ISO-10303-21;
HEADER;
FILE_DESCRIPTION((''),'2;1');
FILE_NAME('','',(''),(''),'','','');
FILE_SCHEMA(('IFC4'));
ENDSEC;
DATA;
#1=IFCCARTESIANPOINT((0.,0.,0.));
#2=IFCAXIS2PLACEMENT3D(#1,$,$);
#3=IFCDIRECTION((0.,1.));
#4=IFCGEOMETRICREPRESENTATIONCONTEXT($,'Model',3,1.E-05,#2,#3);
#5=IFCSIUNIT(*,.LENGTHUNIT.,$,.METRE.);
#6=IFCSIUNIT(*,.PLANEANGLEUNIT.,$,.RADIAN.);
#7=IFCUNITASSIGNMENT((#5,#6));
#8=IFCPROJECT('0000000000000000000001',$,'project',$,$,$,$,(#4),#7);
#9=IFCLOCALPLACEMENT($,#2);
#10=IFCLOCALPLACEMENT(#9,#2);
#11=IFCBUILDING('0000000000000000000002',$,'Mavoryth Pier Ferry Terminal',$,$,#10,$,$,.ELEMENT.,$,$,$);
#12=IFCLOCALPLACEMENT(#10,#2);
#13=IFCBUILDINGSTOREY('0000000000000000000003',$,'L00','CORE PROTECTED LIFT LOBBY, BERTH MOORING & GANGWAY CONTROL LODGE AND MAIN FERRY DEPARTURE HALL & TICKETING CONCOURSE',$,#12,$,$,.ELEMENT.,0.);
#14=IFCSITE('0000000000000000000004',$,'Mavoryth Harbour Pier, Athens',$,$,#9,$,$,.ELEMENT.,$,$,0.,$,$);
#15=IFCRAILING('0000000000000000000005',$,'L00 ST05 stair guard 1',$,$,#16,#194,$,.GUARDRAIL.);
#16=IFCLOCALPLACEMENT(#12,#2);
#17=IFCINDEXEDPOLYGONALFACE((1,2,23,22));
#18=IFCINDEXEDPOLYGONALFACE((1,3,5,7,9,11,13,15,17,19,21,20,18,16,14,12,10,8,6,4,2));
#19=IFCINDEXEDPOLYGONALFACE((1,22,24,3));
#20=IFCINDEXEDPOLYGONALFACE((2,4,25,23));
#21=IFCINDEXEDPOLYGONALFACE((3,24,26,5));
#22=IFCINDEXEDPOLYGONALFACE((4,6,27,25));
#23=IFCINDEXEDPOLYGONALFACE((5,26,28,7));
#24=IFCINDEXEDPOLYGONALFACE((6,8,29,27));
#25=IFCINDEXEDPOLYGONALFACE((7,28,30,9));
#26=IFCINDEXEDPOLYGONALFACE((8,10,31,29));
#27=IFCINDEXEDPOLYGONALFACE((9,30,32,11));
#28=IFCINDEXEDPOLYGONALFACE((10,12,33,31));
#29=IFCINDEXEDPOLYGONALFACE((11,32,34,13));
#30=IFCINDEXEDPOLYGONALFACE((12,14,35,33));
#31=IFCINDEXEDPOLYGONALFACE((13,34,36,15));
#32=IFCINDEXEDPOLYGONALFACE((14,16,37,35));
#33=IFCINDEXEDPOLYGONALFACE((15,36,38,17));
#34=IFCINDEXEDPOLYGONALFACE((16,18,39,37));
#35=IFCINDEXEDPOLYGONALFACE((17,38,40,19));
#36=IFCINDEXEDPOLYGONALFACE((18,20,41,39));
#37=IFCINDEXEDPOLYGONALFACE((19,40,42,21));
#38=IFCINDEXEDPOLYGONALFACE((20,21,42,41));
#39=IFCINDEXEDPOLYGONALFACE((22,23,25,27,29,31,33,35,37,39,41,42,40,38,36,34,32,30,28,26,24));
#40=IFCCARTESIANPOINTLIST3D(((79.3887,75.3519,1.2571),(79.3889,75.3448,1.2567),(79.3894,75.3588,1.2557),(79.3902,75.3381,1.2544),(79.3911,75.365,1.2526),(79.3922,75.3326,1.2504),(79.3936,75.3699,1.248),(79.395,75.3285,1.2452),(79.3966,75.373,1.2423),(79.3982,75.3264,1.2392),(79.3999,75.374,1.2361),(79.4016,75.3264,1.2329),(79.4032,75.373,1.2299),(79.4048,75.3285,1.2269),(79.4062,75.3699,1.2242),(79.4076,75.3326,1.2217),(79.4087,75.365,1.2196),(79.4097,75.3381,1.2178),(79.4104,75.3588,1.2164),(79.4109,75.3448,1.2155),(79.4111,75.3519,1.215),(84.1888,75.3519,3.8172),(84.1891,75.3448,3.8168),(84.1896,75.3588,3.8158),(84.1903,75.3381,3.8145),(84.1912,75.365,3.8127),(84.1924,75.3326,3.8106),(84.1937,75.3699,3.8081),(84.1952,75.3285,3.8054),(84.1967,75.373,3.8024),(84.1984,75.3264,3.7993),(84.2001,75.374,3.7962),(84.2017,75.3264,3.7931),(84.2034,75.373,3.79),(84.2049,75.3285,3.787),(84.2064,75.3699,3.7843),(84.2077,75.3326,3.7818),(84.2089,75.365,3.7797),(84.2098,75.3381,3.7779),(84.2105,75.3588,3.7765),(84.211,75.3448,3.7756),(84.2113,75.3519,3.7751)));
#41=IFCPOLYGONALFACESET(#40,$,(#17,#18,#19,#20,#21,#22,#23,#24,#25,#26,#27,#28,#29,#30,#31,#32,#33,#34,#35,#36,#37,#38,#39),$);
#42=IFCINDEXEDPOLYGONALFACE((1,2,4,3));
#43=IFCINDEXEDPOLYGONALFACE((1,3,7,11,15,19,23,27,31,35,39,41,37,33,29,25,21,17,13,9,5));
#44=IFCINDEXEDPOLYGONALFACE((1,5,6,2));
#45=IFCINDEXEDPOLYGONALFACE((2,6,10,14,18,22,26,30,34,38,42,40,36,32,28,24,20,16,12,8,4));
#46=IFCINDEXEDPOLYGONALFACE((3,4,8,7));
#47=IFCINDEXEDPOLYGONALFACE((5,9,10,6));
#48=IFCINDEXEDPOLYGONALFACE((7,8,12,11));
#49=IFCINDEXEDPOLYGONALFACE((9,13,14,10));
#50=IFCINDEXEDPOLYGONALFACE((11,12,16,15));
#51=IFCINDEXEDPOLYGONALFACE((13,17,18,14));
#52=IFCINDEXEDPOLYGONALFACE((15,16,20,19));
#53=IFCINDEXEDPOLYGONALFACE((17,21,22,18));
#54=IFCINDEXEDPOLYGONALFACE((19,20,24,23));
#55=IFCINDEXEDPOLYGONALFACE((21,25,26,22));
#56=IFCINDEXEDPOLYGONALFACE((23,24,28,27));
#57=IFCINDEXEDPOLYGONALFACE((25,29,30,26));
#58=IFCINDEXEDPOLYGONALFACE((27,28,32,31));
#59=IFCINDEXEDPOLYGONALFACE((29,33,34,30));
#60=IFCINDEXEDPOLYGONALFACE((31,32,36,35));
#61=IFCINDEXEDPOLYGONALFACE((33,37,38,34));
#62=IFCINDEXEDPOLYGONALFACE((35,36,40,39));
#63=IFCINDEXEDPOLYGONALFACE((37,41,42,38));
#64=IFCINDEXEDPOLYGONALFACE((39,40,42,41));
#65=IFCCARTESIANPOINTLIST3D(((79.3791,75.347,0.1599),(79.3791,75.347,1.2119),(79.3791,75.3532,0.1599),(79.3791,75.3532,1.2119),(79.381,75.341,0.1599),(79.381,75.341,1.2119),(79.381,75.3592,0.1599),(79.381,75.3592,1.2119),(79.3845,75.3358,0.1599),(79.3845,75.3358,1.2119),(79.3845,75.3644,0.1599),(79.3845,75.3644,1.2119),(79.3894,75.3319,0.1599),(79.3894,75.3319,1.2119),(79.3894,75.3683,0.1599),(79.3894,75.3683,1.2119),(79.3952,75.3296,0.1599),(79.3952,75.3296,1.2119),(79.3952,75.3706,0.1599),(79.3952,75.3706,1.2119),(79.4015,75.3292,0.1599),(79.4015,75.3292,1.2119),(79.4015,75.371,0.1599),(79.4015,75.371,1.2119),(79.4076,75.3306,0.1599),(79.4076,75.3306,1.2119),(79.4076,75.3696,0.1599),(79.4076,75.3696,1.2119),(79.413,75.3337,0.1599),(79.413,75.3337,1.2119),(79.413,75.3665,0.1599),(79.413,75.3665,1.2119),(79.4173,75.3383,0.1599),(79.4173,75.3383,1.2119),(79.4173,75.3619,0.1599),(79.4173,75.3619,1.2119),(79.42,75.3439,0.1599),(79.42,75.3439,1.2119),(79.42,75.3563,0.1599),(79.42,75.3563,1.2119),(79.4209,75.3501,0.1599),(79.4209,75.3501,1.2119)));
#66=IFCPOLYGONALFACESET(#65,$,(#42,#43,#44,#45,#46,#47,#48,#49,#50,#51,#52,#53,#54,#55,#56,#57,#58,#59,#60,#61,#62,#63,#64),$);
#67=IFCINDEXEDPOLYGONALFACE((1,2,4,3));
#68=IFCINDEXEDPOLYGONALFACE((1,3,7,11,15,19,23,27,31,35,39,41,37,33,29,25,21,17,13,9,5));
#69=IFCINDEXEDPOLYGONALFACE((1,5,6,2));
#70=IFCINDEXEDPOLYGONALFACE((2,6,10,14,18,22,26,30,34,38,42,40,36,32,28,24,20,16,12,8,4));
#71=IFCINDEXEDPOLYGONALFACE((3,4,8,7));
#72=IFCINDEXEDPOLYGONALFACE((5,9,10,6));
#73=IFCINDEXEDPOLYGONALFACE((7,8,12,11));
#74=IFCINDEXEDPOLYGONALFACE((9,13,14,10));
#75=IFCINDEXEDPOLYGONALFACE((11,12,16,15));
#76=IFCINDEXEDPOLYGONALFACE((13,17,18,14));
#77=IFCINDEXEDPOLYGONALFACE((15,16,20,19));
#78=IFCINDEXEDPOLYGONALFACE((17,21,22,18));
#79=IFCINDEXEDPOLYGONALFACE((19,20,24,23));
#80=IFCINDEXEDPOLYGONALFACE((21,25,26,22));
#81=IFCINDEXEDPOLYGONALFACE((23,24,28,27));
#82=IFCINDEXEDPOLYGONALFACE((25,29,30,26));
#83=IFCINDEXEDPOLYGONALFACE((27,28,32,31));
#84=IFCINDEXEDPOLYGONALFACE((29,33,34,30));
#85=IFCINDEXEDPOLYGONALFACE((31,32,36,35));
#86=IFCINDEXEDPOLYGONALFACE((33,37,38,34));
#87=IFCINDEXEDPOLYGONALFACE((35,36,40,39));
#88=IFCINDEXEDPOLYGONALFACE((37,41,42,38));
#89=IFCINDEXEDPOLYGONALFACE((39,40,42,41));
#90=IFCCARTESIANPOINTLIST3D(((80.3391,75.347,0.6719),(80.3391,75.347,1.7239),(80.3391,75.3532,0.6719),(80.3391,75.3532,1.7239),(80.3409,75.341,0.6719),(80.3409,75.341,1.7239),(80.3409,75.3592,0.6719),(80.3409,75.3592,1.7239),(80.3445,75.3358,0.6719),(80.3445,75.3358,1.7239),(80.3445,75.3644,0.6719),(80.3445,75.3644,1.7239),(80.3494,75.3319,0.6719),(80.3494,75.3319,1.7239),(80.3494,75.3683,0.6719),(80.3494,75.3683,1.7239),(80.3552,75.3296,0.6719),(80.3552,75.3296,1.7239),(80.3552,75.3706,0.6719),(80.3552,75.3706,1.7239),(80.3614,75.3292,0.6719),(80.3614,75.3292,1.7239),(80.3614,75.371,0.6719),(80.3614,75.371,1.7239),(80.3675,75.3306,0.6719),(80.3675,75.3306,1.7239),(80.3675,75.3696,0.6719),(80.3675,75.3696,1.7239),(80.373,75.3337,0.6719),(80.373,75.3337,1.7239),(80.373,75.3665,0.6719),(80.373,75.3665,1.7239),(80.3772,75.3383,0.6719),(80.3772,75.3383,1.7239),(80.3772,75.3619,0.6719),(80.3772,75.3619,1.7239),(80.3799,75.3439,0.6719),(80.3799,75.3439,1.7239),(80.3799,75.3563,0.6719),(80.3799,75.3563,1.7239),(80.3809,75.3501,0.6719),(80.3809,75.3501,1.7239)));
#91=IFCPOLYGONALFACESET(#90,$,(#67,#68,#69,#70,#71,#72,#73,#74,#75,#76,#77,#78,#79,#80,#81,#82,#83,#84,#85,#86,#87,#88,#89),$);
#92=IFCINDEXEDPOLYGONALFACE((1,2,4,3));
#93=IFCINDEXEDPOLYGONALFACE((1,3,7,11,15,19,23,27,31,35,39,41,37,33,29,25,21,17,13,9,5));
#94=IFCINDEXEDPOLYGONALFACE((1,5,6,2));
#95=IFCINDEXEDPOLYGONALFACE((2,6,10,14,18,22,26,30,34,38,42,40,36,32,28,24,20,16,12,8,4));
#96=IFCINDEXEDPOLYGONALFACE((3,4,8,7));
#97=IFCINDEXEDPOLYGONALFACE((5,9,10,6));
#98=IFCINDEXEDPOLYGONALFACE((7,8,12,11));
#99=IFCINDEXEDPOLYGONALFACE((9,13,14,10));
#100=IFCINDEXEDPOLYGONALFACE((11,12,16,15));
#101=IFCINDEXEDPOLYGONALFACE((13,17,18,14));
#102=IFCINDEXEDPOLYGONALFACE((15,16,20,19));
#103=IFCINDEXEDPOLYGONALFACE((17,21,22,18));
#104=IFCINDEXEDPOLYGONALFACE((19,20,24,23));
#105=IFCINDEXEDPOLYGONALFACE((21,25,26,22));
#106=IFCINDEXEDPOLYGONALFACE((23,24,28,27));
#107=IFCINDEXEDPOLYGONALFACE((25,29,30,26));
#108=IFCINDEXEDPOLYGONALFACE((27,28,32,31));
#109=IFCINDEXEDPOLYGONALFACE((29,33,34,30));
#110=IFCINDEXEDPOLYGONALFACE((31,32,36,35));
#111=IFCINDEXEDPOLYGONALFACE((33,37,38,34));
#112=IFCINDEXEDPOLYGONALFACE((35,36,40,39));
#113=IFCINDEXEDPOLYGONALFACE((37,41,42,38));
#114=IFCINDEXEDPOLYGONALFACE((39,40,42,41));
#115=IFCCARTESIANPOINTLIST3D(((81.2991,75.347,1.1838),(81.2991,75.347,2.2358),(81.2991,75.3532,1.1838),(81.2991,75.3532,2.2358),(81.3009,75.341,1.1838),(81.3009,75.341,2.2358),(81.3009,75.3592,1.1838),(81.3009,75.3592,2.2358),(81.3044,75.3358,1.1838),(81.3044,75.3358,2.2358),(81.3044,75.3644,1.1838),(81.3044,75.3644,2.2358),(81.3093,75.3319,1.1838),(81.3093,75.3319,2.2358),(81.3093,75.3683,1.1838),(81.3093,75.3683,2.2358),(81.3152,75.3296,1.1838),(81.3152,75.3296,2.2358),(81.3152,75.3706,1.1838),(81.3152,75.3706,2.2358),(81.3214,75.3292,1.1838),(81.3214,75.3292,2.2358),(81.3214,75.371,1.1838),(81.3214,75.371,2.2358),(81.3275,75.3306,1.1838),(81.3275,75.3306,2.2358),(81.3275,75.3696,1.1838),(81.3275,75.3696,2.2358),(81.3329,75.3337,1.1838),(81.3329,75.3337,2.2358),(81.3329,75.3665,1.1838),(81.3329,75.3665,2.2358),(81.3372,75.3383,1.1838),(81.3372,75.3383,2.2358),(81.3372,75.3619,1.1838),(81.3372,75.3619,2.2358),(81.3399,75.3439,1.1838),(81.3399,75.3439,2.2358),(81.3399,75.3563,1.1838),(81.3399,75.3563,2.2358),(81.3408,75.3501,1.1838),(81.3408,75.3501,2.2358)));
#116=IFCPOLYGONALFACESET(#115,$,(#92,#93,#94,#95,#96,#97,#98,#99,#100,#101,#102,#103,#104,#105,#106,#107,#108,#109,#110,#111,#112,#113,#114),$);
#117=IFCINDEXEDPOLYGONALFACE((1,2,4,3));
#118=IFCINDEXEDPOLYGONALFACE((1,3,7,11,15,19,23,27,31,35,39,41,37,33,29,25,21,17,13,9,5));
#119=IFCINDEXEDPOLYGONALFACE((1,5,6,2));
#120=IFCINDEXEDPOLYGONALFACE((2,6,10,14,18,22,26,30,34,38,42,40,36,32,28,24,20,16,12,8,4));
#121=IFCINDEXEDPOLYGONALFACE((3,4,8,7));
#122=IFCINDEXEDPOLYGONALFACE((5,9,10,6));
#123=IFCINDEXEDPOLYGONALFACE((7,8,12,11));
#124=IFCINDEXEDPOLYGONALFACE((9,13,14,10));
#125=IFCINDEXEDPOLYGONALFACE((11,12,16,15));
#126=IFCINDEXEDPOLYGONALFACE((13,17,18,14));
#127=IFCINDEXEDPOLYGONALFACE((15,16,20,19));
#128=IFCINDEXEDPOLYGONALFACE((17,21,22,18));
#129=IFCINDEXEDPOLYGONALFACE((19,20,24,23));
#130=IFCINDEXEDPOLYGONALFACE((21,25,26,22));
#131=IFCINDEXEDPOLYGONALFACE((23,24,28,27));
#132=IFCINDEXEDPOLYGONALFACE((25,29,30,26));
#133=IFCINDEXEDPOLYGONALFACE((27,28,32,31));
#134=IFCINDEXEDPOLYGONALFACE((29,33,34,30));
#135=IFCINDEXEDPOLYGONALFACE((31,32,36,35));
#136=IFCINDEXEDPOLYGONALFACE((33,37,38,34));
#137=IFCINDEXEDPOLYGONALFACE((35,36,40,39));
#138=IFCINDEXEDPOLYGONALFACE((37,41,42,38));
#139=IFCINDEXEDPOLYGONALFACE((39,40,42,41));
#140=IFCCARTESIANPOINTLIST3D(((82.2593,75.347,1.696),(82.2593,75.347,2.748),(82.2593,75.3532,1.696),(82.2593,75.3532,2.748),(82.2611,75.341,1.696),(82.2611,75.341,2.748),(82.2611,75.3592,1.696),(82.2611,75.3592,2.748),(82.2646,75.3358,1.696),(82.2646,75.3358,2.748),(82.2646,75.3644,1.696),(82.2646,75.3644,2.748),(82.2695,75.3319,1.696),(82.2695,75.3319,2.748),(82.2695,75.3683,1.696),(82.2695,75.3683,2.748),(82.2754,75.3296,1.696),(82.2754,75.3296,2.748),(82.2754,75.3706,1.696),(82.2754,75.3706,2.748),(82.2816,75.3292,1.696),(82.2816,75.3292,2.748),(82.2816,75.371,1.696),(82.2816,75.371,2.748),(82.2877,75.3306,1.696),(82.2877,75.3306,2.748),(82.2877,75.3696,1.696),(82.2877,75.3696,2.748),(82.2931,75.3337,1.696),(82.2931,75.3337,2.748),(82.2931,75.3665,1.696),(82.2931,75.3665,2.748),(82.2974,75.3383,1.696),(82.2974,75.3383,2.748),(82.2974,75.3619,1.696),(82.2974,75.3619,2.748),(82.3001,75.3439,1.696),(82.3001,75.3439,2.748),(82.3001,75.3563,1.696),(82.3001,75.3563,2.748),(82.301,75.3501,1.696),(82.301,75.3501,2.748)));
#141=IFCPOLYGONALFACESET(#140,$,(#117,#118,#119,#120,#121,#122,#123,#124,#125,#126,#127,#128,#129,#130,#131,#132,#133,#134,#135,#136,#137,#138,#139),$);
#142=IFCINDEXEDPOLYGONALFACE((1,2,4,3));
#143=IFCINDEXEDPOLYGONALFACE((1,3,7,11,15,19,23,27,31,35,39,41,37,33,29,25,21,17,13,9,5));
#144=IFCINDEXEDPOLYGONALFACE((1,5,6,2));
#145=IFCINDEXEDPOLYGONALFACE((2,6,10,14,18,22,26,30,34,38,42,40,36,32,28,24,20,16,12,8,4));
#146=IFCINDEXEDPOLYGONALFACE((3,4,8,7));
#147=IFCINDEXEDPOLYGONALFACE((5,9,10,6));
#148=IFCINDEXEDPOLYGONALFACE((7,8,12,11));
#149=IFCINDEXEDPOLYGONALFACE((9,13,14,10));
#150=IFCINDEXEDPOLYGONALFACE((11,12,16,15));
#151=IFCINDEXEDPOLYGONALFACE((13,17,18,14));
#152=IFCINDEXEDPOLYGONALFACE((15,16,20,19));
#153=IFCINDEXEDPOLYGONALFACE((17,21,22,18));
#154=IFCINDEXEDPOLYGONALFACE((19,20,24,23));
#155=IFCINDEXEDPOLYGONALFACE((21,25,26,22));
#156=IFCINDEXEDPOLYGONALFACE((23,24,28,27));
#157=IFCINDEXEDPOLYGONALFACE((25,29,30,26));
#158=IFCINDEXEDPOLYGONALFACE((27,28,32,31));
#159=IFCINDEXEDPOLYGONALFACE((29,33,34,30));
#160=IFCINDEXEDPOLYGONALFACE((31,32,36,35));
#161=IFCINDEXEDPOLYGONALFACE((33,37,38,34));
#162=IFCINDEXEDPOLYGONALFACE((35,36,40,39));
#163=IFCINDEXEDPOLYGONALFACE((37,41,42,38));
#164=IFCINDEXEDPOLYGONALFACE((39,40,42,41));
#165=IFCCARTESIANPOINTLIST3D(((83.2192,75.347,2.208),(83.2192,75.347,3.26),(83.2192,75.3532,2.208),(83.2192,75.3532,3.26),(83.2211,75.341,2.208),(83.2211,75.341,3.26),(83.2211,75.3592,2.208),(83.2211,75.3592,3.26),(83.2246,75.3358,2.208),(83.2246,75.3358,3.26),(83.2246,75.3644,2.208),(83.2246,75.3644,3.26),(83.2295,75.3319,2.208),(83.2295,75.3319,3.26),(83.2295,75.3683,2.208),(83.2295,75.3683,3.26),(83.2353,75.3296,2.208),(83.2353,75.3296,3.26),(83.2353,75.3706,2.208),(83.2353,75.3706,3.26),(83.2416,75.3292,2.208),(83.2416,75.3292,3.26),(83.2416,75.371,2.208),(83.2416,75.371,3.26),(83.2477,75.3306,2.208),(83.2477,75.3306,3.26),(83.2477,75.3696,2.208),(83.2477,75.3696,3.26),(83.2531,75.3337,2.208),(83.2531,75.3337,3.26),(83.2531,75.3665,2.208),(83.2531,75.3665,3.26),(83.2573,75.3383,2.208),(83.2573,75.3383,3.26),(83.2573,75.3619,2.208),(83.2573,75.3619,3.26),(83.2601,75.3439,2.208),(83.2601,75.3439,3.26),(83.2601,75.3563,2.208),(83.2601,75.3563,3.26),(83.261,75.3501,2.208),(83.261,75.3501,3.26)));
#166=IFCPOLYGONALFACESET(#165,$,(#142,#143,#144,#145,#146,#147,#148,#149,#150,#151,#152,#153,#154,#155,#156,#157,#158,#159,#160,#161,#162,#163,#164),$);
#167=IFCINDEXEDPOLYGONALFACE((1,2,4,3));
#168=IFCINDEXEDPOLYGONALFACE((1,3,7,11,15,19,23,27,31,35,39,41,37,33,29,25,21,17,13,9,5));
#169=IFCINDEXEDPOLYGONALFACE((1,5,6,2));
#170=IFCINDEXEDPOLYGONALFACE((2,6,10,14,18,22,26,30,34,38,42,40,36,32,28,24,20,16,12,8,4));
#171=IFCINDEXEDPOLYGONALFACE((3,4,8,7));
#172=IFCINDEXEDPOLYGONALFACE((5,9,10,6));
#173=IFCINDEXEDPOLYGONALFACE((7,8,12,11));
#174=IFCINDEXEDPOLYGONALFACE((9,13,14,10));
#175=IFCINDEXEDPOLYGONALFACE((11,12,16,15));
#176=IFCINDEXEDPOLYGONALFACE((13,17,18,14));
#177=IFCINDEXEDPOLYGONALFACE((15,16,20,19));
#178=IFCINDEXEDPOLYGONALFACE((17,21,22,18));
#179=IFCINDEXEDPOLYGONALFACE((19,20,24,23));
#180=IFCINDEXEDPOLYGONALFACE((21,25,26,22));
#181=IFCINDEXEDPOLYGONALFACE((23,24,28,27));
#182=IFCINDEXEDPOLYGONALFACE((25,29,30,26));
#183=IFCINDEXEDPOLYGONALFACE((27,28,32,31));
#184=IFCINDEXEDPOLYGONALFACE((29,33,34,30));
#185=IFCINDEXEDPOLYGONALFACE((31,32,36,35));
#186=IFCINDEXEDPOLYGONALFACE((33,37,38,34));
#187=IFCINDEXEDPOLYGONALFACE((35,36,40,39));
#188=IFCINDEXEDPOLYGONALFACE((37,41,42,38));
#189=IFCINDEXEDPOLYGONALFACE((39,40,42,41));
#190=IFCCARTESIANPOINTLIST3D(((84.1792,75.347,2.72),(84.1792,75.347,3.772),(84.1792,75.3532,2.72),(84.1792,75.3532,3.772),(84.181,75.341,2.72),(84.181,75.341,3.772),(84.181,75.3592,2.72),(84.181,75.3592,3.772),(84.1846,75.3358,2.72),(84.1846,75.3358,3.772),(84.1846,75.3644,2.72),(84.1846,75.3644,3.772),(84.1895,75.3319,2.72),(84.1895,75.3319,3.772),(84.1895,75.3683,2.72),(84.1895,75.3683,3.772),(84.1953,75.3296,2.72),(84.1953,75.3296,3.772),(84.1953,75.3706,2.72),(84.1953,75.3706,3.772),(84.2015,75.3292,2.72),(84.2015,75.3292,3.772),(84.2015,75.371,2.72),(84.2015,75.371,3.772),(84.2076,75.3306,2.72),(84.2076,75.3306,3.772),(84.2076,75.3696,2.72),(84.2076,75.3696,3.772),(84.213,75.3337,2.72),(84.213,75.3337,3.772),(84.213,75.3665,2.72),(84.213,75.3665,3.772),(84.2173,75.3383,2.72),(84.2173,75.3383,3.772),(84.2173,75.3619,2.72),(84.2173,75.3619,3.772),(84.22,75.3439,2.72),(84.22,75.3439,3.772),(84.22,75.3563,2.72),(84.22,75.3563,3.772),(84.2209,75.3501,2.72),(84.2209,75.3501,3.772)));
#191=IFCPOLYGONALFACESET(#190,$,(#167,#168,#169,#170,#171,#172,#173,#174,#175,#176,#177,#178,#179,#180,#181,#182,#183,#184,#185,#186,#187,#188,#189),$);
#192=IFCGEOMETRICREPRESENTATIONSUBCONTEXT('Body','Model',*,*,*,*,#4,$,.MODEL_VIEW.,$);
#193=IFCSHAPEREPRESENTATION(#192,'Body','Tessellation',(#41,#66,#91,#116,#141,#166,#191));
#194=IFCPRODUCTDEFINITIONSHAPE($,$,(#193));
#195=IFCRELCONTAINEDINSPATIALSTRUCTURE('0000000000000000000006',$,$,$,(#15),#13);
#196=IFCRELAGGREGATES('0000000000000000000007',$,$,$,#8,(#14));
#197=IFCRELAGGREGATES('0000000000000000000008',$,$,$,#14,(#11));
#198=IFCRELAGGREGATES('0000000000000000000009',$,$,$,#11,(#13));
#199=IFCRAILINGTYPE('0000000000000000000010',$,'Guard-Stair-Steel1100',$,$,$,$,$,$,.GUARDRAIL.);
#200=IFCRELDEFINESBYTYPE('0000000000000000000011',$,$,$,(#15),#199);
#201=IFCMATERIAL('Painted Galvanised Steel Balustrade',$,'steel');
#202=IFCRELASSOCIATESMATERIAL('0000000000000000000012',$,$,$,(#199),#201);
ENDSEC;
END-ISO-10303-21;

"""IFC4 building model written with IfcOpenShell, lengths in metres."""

from ifc_helpers import new_model, si_unit, direction, frame, origin, origin_2d, place, context, subcontext, project, spatial, circle, extrude, material, type_object, element, save


model = new_model("IFC4")

# Units and contexts
model_context = context("Model", 3, precision=1e-05, world=origin(), true_north=direction((0.0, 1.0)))
body_context = subcontext(model_context, "Body", "Model", "MODEL_VIEW")
ifc_project = project(units=[si_unit("LENGTHUNIT", "METRE"), si_unit("PLANEANGLEUNIT", "RADIAN")], contexts=[model_context])

# Site, building, storey
site_placement = place(None, origin())
site = spatial("IfcSite", under=ifc_project, at=site_placement, Name="Mavoryth Harbour Pier, Athens", CompositionType="ELEMENT", RefElevation=0.0)
building_placement = place(site_placement, origin())
building = spatial("IfcBuilding", under=site, at=building_placement, Name="Mavoryth Pier Ferry Terminal", CompositionType="ELEMENT")
storey_placement = place(building_placement, origin())
storey = spatial("IfcBuildingStorey", under=building, at=storey_placement, Name="L00", Description="CORE PROTECTED LIFT LOBBY, BERTH MOORING & GANGWAY CONTROL LODGE AND MAIN FERRY DEPARTURE HALL & TICKETING CONCOURSE", CompositionType="ELEMENT", Elevation=0.0)

# Railing
ifc_material_1 = material(Name="Painted Galvanised Steel Balustrade", Category="steel")
railing_type_1 = type_object("IfcRailingType", Name="Guard-Stair-Steel1100", PredefinedType="GUARDRAIL", material=ifc_material_1)
railing_1_placement = place(storey_placement, frame((79.3999, 75.3501, 0.1599)))
element("IfcRailing", 1, at=railing_1_placement, inside=storey, type_object=railing_type_1, Name="L00 ST05 stair guard 1", PredefinedType="GUARDRAIL", context=body_context, shape_type="SweptSolid", body=[
    extrude(circle(Radius=0.0239, at=origin_2d()), frame((0.0, 0.0, 1.0762), z_axis=(0.88235, 0.0, 0.470593), x_axis=(0.0, 1.0, 0.0)), (0.0, 0.0, 1.0), 5.4402),
    extrude(circle(Radius=0.021, at=origin_2d()), origin(), (0.0, 0.0, 1.0), 1.052),
    extrude(circle(Radius=0.021, at=origin_2d()), frame((0.96, 0.0, 0.512)), (0.0, 0.0, 1.0), 1.052),
    extrude(circle(Radius=0.021, at=origin_2d()), frame((1.9199, 0.0, 1.0239)), (0.0, 0.0, 1.0), 1.052),
    extrude(circle(Radius=0.021, at=origin_2d()), frame((2.8801, 0.0, 1.5361)), (0.0, 0.0, 1.0), 1.052),
    extrude(circle(Radius=0.021, at=origin_2d()), frame((3.8401, 0.0, 2.0481)), (0.0, 0.0, 1.0), 1.052),
    extrude(circle(Radius=0.021, at=origin_2d()), frame((4.8, 0.0, 2.5601)), (0.0, 0.0, 1.0), 1.052),
])

save(model, "model.ifc")
